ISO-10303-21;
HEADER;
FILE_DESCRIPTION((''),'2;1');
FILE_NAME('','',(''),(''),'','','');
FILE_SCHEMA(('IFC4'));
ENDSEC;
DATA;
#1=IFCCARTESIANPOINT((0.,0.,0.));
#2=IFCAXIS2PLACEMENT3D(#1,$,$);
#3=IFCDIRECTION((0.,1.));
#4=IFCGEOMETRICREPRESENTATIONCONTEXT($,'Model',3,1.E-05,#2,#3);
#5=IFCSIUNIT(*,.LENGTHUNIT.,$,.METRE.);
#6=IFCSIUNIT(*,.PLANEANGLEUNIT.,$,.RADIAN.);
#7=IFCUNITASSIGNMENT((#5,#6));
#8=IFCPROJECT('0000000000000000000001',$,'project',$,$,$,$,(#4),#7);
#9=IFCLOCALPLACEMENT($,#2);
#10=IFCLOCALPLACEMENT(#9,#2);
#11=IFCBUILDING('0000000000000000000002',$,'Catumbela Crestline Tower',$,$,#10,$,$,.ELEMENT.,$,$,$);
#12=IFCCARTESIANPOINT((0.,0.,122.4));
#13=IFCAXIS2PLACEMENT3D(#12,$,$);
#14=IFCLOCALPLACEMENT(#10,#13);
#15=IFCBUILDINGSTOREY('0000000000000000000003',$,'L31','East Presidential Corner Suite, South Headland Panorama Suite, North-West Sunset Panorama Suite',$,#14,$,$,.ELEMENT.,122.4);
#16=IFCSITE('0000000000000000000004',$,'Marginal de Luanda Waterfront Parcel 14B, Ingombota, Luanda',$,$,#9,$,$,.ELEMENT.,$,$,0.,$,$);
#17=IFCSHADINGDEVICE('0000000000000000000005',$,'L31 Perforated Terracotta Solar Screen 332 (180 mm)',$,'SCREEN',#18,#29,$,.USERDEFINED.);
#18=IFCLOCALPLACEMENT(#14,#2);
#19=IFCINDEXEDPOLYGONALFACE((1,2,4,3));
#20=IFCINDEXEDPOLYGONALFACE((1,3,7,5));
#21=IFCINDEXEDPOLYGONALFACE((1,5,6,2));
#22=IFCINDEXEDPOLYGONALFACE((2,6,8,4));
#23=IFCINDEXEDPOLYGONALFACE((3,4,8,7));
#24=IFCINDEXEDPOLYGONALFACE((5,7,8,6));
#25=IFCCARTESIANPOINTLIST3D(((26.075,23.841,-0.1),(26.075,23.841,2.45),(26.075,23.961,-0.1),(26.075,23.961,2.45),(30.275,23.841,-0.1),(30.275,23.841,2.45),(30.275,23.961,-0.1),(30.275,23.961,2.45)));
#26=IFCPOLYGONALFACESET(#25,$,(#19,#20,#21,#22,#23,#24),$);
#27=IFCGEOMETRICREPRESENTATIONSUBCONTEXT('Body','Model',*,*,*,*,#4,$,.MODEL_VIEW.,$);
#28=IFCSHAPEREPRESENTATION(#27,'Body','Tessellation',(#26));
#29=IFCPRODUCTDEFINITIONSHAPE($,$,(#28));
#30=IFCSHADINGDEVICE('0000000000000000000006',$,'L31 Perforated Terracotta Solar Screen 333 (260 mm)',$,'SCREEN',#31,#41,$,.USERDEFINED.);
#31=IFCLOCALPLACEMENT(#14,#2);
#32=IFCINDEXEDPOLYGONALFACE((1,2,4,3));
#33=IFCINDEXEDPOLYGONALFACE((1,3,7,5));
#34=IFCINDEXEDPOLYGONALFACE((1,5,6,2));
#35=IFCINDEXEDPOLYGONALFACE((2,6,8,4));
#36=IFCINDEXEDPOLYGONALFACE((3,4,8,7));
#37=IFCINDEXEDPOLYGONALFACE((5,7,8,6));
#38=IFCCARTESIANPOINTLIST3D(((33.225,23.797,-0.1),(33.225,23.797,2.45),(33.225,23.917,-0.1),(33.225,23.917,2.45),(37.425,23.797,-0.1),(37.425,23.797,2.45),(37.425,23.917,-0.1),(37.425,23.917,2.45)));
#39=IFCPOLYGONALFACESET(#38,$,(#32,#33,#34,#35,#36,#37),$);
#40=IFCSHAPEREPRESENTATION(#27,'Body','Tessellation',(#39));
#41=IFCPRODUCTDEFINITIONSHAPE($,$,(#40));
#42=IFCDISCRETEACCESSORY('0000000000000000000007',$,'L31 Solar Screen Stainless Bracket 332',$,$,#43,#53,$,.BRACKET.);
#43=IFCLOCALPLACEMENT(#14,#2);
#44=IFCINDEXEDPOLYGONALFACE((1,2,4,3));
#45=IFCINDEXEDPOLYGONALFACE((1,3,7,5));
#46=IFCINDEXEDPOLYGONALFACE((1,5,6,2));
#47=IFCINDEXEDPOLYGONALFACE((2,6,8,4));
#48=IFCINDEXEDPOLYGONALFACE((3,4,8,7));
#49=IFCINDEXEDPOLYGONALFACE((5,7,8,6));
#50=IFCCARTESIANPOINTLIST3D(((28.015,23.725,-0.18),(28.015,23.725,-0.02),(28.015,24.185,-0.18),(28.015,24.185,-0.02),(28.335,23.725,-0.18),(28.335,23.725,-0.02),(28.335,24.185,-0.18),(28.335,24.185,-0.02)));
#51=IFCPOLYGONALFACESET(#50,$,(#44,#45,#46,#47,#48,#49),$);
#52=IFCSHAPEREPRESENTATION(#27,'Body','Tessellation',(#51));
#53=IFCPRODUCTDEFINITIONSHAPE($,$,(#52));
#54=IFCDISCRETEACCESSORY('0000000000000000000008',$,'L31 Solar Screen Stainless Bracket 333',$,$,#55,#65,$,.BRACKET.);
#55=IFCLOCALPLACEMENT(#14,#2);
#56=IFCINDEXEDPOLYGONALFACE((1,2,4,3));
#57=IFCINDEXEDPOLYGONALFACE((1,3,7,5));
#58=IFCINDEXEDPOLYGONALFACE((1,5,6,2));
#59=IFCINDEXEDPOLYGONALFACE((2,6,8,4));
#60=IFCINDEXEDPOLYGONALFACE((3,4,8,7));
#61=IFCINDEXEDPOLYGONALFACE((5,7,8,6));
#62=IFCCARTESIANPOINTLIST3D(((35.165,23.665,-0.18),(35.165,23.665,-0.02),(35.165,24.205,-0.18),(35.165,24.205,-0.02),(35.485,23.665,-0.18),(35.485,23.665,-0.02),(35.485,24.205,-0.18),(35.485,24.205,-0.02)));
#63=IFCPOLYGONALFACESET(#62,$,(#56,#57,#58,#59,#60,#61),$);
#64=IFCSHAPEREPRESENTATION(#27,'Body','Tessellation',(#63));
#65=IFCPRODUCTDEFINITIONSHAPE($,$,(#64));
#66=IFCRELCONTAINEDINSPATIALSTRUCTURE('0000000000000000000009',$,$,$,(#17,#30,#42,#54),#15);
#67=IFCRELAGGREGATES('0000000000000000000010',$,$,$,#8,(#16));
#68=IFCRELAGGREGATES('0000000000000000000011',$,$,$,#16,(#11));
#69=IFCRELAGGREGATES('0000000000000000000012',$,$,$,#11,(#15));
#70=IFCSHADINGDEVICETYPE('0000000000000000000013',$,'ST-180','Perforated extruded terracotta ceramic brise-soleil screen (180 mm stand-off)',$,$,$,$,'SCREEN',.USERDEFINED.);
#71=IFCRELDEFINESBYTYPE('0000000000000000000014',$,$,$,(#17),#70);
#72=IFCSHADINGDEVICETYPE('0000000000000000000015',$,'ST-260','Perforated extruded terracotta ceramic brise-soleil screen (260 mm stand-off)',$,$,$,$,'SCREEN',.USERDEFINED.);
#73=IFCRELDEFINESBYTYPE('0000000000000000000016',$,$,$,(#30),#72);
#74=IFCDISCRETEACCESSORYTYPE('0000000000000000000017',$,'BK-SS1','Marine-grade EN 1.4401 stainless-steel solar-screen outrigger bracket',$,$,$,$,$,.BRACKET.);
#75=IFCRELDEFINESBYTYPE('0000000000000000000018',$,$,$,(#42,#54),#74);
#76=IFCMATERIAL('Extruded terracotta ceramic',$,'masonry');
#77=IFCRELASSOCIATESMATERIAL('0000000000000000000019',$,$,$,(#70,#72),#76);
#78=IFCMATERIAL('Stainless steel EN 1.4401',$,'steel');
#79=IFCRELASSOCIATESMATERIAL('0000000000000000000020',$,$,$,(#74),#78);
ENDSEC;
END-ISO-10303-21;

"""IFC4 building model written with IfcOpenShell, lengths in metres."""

from ifc_helpers import new_model, si_unit, direction, frame, origin, origin_2d, place, context, subcontext, project, spatial, rectangle, extrude, material, type_object, element, save


model = new_model("IFC4")

# Units and contexts
model_context = context("Model", 3, precision=1e-05, world=origin(), true_north=direction((0.0, 1.0)))
body_context = subcontext(model_context, "Body", "Model", "MODEL_VIEW")
ifc_project = project(units=[si_unit("LENGTHUNIT", "METRE"), si_unit("PLANEANGLEUNIT", "RADIAN")], contexts=[model_context])

# Site, building, storey
site_placement = place(None, origin())
site = spatial("IfcSite", under=ifc_project, at=site_placement, Name="Marginal de Luanda Waterfront Parcel 14B, Ingombota, Luanda", CompositionType="ELEMENT", RefElevation=0.0)
building_placement = place(site_placement, origin())
building = spatial("IfcBuilding", under=site, at=building_placement, Name="Catumbela Crestline Tower", CompositionType="ELEMENT")
storey_placement = place(building_placement, frame((0.0, 0.0, 122.4)))
storey = spatial("IfcBuildingStorey", under=building, at=storey_placement, Name="L31", Description="East Presidential Corner Suite, South Headland Panorama Suite, North-West Sunset Panorama Suite", CompositionType="ELEMENT", Elevation=122.4)

# Shared definitions
ifc_material_1 = material(Name="Stainless steel EN 1.4401", Category="steel")

# Shading devices
ifc_material_2 = material(Name="Extruded terracotta ceramic", Category="masonry")
shading_device_type_1 = type_object("IfcShadingDeviceType", Name="ST-180", Description="Perforated extruded terracotta ceramic brise-soleil screen (180 mm stand-off)", ElementType="SCREEN", PredefinedType="USERDEFINED", material=ifc_material_2)
shading_device_1_placement = place(storey_placement, frame((28.175, 23.901, -0.1), z_axis=(0.0, 0.0, 1.0), x_axis=(1.0, 0.0, 0.0)))
element("IfcShadingDevice", 1, at=shading_device_1_placement, inside=storey, type_object=shading_device_type_1, Name="L31 Perforated Terracotta Solar Screen 332 (180 mm)", ObjectType="SCREEN", PredefinedType="USERDEFINED", context=body_context, shape_type="SweptSolid", body=[
    extrude(rectangle(XDim=4.2, YDim=0.12, at=origin_2d()), origin(), (0.0, 0.0, 1.0), 2.55),
])
shading_device_type_2 = type_object("IfcShadingDeviceType", Name="ST-260", Description="Perforated extruded terracotta ceramic brise-soleil screen (260 mm stand-off)", ElementType="SCREEN", PredefinedType="USERDEFINED", material=ifc_material_2)
shading_device_2_placement = place(storey_placement, frame((35.325, 23.857, -0.1), z_axis=(0.0, 0.0, 1.0), x_axis=(1.0, 0.0, 0.0)))
element("IfcShadingDevice", 2, at=shading_device_2_placement, inside=storey, type_object=shading_device_type_2, Name="L31 Perforated Terracotta Solar Screen 333 (260 mm)", ObjectType="SCREEN", PredefinedType="USERDEFINED", context=body_context, shape_type="SweptSolid", body=[
    extrude(rectangle(XDim=4.2, YDim=0.12, at=origin_2d()), origin(), (0.0, 0.0, 1.0), 2.55),
])

# Discrete accessories
discrete_accessory_type = type_object("IfcDiscreteAccessoryType", Name="BK-SS1", Description="Marine-grade EN 1.4401 stainless-steel solar-screen outrigger bracket", PredefinedType="BRACKET", material=ifc_material_1)
discrete_accessory_1_placement = place(storey_placement, frame((28.175, 23.955, -0.18), z_axis=(0.0, 0.0, 1.0), x_axis=(1.0, 0.0, 0.0)))
element("IfcDiscreteAccessory", 3, at=discrete_accessory_1_placement, inside=storey, type_object=discrete_accessory_type, Name="L31 Solar Screen Stainless Bracket 332", PredefinedType="BRACKET", context=body_context, shape_type="SweptSolid", body=[
    extrude(rectangle(XDim=0.32, YDim=0.46, at=origin_2d()), origin(), (0.0, 0.0, 1.0), 0.16),
])
discrete_accessory_2_placement = place(storey_placement, frame((35.325, 23.935, -0.18), z_axis=(0.0, 0.0, 1.0), x_axis=(1.0, 0.0, 0.0)))
element("IfcDiscreteAccessory", 4, at=discrete_accessory_2_placement, inside=storey, type_object=discrete_accessory_type, Name="L31 Solar Screen Stainless Bracket 333", PredefinedType="BRACKET", context=body_context, shape_type="SweptSolid", body=[
    extrude(rectangle(XDim=0.32, YDim=0.54, at=origin_2d()), origin(), (0.0, 0.0, 1.0), 0.16),
])

save(model, "model.ifc")
